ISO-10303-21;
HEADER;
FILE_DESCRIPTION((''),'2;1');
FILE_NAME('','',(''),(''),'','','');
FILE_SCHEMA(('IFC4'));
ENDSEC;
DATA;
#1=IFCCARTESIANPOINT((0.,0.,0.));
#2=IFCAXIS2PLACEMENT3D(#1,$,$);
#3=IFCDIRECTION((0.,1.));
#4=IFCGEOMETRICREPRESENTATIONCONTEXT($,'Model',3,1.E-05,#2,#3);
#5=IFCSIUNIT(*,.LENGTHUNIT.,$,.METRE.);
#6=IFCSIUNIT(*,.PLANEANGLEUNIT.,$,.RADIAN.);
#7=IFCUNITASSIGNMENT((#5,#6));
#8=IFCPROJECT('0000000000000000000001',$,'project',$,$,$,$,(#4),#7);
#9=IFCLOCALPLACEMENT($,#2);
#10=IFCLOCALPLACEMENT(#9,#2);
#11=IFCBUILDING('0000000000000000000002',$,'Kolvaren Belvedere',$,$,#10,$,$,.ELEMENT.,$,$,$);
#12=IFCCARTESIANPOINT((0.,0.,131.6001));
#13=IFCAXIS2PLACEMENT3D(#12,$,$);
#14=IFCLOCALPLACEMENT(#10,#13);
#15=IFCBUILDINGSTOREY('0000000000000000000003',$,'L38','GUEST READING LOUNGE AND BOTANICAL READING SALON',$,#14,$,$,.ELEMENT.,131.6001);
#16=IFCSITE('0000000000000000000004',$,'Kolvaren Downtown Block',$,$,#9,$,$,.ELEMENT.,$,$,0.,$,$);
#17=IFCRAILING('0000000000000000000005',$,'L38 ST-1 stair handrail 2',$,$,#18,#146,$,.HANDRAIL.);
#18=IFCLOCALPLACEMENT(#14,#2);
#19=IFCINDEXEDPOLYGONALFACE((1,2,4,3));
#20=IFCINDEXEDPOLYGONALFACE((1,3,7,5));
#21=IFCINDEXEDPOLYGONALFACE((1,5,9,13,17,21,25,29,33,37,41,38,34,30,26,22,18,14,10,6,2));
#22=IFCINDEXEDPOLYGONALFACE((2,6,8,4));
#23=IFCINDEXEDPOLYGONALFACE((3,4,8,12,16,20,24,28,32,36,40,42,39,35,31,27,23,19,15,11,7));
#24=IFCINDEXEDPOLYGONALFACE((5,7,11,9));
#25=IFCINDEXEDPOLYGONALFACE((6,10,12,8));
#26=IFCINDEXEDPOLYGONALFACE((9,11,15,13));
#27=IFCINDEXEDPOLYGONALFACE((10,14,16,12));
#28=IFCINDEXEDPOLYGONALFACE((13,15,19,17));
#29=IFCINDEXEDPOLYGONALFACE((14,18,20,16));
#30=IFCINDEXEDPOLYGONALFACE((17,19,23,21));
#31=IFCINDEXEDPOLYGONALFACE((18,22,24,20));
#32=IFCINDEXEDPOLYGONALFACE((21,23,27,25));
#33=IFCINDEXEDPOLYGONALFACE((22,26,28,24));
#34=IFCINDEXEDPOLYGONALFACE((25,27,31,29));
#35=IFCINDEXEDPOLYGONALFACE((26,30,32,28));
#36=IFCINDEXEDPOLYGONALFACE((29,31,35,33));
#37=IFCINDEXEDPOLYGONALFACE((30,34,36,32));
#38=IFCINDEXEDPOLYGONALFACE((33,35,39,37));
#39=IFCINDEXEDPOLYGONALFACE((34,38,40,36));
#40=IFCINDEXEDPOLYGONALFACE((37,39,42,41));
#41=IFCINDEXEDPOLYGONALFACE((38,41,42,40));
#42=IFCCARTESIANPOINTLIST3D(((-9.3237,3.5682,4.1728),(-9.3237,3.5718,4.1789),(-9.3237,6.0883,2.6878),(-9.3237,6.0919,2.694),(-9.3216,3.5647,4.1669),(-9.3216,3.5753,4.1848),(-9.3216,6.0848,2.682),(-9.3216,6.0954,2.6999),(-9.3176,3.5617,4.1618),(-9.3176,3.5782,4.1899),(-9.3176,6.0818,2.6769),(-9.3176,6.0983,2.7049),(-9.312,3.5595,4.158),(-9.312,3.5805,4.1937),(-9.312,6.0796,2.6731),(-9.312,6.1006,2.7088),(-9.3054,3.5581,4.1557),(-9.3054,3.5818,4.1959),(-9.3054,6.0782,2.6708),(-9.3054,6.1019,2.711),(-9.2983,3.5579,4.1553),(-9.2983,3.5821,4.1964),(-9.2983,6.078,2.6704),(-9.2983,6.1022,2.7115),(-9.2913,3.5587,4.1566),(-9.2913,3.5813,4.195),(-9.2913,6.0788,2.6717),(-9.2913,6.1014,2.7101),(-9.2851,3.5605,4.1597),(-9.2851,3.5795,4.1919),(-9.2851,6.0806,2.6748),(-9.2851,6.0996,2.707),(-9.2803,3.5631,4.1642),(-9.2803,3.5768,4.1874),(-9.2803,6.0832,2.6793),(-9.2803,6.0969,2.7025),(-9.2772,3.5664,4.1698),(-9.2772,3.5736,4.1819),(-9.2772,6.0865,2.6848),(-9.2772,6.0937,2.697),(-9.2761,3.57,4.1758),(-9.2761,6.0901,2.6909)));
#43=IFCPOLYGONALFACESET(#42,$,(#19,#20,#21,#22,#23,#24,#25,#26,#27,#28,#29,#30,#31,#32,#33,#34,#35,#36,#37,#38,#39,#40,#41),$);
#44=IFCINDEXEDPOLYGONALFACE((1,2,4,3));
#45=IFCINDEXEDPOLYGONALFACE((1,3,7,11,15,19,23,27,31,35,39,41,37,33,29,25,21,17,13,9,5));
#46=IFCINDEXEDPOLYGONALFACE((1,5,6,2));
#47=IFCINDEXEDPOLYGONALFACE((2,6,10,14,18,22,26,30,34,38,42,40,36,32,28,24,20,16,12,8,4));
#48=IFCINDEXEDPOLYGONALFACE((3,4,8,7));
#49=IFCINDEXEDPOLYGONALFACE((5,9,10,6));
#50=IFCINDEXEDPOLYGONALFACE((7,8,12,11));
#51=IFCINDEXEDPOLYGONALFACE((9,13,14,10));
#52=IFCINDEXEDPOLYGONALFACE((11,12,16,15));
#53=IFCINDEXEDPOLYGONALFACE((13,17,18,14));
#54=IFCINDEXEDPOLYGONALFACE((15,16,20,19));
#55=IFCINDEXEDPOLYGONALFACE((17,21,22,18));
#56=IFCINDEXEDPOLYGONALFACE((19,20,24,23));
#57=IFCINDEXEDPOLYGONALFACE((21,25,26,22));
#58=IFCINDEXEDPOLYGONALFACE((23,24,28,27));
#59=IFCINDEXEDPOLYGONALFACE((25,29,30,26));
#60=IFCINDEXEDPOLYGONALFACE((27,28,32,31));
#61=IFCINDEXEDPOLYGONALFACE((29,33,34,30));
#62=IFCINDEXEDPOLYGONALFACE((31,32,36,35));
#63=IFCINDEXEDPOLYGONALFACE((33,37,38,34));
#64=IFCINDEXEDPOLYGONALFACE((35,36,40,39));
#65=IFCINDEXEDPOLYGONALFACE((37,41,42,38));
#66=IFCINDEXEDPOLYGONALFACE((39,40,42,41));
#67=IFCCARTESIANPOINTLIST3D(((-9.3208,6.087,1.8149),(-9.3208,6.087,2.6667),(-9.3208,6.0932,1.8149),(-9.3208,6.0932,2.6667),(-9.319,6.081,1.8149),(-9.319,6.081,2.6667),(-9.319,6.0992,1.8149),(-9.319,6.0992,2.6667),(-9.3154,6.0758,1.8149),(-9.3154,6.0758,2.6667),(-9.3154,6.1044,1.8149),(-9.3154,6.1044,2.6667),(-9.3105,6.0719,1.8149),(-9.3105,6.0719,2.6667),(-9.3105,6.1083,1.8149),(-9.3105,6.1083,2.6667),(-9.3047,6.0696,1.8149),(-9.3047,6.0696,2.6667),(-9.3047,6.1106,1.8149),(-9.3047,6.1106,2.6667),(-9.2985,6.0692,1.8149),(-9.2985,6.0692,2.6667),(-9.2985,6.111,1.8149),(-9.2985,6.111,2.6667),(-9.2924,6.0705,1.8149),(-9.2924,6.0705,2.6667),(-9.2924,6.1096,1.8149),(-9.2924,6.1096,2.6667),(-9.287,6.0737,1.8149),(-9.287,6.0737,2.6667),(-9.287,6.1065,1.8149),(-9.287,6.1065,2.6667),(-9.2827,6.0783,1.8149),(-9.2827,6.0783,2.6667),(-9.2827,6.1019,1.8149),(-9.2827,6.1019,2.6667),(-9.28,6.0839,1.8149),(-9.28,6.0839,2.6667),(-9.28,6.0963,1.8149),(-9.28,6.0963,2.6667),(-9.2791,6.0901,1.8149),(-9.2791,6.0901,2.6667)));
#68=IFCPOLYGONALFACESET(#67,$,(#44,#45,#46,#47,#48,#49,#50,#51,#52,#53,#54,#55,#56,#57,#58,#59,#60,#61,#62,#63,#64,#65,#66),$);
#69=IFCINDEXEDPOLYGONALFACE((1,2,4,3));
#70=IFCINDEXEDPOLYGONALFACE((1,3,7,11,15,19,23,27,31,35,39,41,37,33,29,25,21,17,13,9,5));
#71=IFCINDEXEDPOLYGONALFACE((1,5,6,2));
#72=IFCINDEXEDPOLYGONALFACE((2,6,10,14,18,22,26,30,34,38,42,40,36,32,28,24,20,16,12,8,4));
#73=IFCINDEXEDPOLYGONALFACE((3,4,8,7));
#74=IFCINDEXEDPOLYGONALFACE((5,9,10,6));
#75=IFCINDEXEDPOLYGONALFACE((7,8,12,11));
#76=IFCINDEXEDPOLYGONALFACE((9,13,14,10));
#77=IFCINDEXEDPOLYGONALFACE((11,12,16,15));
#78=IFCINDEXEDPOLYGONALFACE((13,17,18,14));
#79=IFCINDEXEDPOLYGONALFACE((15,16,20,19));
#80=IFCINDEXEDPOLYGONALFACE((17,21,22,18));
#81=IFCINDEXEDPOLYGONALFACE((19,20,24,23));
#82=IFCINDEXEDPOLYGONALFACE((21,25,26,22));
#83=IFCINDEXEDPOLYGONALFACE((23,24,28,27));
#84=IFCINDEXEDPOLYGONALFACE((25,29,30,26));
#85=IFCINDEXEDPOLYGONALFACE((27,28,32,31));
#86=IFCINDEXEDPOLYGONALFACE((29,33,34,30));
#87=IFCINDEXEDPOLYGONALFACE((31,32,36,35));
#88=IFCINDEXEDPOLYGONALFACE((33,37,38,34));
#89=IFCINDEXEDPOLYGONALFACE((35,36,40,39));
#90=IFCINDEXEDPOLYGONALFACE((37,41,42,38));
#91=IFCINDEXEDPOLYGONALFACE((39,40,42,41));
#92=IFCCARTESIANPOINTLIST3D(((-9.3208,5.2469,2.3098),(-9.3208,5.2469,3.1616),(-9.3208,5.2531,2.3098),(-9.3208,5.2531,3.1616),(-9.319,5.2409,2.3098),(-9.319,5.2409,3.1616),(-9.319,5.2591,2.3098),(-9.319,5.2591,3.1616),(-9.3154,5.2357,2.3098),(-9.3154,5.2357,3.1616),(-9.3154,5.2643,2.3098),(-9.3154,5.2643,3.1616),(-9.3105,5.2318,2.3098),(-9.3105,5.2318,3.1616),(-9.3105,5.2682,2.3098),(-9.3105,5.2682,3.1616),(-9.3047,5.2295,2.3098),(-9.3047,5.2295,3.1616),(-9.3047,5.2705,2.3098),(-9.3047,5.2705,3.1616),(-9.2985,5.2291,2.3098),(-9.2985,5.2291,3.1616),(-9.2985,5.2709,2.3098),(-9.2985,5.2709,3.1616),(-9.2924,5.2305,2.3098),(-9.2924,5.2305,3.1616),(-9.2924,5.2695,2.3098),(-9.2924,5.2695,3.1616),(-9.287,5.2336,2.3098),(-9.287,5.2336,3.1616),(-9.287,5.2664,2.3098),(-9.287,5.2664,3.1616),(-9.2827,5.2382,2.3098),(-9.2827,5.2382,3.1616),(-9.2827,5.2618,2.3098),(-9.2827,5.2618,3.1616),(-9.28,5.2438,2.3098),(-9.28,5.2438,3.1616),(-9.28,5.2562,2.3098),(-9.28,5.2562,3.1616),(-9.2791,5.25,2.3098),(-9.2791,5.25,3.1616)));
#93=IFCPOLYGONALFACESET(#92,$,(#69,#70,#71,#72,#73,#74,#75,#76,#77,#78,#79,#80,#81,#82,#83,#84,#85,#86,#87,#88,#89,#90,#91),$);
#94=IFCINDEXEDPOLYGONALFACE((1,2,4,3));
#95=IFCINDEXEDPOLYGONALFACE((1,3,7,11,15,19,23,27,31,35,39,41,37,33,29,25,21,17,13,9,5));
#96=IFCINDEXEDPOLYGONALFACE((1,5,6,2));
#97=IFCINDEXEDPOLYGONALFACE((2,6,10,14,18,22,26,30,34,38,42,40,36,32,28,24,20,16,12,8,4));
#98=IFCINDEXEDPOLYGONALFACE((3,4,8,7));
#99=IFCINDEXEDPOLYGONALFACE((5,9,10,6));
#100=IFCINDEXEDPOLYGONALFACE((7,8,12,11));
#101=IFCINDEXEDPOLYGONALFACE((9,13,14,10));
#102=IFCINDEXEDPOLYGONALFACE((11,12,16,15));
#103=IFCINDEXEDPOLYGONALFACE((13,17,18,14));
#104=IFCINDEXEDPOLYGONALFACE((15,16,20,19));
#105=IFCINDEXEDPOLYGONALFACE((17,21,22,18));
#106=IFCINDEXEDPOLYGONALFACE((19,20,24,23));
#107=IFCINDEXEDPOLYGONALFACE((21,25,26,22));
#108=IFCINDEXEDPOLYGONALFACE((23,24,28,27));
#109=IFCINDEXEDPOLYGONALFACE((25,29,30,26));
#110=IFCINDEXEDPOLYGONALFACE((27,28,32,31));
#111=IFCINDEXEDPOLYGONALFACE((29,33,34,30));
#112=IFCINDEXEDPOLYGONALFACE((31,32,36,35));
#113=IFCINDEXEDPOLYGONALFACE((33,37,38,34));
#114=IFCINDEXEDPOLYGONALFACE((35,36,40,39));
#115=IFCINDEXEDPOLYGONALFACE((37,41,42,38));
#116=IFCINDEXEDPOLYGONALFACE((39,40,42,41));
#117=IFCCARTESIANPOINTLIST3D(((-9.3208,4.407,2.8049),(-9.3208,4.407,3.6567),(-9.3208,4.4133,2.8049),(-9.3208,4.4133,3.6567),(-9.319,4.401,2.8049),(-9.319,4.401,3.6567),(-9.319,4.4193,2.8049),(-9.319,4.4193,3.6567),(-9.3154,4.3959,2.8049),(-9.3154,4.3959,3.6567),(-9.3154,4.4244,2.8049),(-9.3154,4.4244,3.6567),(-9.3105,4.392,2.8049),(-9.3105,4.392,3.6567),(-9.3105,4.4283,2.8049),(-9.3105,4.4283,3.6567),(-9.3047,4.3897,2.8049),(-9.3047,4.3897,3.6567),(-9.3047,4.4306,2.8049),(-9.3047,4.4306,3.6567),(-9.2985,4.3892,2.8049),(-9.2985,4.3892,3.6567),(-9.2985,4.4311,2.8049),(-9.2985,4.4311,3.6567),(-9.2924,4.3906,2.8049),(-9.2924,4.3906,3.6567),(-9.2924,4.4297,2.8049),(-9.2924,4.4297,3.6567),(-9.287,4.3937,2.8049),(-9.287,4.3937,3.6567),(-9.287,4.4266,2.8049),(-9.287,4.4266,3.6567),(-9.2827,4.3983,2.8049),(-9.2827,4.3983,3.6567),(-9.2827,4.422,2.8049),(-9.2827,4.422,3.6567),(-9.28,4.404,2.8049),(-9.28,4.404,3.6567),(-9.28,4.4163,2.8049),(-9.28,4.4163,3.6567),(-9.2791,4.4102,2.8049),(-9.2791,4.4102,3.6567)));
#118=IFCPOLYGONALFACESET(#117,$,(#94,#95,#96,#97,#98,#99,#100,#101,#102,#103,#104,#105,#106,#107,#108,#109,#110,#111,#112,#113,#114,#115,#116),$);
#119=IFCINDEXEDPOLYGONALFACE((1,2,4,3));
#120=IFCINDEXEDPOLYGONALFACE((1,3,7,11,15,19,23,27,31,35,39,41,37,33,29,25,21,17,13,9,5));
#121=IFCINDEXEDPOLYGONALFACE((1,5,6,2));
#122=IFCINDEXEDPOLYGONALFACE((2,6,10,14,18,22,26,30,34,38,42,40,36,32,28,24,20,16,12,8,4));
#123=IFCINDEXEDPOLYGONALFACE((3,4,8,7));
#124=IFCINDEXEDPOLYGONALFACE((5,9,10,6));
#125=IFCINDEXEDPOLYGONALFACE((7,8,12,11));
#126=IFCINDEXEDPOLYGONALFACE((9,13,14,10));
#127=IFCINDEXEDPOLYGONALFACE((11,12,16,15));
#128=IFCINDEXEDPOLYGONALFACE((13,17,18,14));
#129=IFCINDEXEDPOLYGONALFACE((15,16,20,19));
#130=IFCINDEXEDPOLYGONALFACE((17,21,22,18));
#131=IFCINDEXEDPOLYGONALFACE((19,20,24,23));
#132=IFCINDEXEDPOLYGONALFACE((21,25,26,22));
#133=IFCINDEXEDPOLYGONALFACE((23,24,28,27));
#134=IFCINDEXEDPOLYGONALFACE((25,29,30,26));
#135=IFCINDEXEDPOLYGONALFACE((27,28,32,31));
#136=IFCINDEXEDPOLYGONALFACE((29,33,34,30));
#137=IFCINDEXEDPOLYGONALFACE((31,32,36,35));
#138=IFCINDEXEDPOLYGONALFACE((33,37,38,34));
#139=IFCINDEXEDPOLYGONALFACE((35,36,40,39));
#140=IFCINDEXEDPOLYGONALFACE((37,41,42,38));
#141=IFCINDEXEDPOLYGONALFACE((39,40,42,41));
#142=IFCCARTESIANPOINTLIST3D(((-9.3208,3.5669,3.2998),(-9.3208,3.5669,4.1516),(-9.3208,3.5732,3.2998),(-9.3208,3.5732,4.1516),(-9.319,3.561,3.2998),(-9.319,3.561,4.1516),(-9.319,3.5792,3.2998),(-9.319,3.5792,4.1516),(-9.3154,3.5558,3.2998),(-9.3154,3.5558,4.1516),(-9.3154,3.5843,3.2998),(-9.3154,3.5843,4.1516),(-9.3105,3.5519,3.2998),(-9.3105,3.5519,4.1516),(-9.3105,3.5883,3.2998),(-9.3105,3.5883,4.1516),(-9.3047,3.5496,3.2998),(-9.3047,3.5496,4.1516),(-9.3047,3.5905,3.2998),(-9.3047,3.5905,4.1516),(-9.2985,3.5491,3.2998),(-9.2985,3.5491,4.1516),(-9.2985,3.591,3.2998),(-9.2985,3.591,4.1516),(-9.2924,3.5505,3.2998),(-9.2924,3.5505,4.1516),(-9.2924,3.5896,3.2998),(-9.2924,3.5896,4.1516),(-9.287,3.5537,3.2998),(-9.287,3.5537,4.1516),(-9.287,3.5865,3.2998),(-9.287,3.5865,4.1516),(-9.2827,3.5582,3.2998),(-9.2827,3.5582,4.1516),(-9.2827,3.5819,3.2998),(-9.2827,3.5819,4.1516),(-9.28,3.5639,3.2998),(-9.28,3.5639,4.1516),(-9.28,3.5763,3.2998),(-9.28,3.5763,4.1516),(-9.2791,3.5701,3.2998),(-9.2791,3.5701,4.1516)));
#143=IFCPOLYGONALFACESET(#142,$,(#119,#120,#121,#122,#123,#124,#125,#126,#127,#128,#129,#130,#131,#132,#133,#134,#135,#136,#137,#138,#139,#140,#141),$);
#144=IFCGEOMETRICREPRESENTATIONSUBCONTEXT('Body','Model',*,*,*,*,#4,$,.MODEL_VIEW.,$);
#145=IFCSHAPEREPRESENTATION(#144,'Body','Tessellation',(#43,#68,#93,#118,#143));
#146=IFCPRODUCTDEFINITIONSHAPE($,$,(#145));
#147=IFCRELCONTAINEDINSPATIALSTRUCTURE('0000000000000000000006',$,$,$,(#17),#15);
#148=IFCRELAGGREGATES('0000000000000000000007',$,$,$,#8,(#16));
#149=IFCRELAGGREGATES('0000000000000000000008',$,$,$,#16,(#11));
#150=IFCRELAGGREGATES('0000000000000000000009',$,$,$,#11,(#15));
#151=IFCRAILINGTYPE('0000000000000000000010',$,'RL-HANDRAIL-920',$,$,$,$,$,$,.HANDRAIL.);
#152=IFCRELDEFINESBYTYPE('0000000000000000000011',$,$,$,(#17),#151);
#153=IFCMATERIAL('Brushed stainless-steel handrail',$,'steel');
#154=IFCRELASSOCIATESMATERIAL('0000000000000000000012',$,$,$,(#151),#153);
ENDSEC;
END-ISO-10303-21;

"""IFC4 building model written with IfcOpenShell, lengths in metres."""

from ifc_helpers import new_model, si_unit, direction, frame, origin, origin_2d, place, context, subcontext, project, spatial, circle, extrude, material, type_object, element, save


model = new_model("IFC4")

# Units and contexts
model_context = context("Model", 3, precision=1e-05, world=origin(), true_north=direction((0.0, 1.0)))
body_context = subcontext(model_context, "Body", "Model", "MODEL_VIEW")
ifc_project = project(units=[si_unit("LENGTHUNIT", "METRE"), si_unit("PLANEANGLEUNIT", "RADIAN")], contexts=[model_context])

# Site, building, storey
site_placement = place(None, origin())
site = spatial("IfcSite", under=ifc_project, at=site_placement, Name="Kolvaren Downtown Block", CompositionType="ELEMENT", RefElevation=0.0)
building_placement = place(site_placement, origin())
building = spatial("IfcBuilding", under=site, at=building_placement, Name="Kolvaren Belvedere", CompositionType="ELEMENT")
storey_placement = place(building_placement, frame((0.0, 0.0, 131.6001)))
storey = spatial("IfcBuildingStorey", under=building, at=storey_placement, Name="L38", Description="GUEST READING LOUNGE AND BOTANICAL READING SALON", CompositionType="ELEMENT", Elevation=131.6001)

# Railing
ifc_material_1 = material(Name="Brushed stainless-steel handrail", Category="steel")
railing_type_1 = type_object("IfcRailingType", Name="RL-HANDRAIL-920", PredefinedType="HANDRAIL", material=ifc_material_1)
railing_1_placement = place(storey_placement, frame((-9.3, 6.0901, 1.8149)))
element("IfcRailing", 1, at=railing_1_placement, inside=storey, type_object=railing_type_1, Name="L38 ST-1 stair handrail 2", PredefinedType="HANDRAIL", context=body_context, shape_type="SweptSolid", body=[
    extrude(circle(Radius=0.0239, at=origin_2d()), frame((0.0, 0.0, 0.876), z_axis=(0.0, -0.861561, 0.507655), x_axis=(1.0, 0.0, 0.0)), (0.0, 0.0, 1.0), 2.925),
    extrude(circle(Radius=0.021, at=origin_2d()), origin(), (0.0, 0.0, 1.0), 0.8518),
    extrude(circle(Radius=0.021, at=origin_2d()), frame((0.0, -0.8401, 0.4949)), (0.0, 0.0, 1.0), 0.8518),
    extrude(circle(Radius=0.021, at=origin_2d()), frame((0.0, -1.6799, 0.99)), (0.0, 0.0, 1.0), 0.8518),
    extrude(circle(Radius=0.021, at=origin_2d()), frame((0.0, -2.52, 1.4849)), (0.0, 0.0, 1.0), 0.8518),
])

save(model, "model.ifc")
